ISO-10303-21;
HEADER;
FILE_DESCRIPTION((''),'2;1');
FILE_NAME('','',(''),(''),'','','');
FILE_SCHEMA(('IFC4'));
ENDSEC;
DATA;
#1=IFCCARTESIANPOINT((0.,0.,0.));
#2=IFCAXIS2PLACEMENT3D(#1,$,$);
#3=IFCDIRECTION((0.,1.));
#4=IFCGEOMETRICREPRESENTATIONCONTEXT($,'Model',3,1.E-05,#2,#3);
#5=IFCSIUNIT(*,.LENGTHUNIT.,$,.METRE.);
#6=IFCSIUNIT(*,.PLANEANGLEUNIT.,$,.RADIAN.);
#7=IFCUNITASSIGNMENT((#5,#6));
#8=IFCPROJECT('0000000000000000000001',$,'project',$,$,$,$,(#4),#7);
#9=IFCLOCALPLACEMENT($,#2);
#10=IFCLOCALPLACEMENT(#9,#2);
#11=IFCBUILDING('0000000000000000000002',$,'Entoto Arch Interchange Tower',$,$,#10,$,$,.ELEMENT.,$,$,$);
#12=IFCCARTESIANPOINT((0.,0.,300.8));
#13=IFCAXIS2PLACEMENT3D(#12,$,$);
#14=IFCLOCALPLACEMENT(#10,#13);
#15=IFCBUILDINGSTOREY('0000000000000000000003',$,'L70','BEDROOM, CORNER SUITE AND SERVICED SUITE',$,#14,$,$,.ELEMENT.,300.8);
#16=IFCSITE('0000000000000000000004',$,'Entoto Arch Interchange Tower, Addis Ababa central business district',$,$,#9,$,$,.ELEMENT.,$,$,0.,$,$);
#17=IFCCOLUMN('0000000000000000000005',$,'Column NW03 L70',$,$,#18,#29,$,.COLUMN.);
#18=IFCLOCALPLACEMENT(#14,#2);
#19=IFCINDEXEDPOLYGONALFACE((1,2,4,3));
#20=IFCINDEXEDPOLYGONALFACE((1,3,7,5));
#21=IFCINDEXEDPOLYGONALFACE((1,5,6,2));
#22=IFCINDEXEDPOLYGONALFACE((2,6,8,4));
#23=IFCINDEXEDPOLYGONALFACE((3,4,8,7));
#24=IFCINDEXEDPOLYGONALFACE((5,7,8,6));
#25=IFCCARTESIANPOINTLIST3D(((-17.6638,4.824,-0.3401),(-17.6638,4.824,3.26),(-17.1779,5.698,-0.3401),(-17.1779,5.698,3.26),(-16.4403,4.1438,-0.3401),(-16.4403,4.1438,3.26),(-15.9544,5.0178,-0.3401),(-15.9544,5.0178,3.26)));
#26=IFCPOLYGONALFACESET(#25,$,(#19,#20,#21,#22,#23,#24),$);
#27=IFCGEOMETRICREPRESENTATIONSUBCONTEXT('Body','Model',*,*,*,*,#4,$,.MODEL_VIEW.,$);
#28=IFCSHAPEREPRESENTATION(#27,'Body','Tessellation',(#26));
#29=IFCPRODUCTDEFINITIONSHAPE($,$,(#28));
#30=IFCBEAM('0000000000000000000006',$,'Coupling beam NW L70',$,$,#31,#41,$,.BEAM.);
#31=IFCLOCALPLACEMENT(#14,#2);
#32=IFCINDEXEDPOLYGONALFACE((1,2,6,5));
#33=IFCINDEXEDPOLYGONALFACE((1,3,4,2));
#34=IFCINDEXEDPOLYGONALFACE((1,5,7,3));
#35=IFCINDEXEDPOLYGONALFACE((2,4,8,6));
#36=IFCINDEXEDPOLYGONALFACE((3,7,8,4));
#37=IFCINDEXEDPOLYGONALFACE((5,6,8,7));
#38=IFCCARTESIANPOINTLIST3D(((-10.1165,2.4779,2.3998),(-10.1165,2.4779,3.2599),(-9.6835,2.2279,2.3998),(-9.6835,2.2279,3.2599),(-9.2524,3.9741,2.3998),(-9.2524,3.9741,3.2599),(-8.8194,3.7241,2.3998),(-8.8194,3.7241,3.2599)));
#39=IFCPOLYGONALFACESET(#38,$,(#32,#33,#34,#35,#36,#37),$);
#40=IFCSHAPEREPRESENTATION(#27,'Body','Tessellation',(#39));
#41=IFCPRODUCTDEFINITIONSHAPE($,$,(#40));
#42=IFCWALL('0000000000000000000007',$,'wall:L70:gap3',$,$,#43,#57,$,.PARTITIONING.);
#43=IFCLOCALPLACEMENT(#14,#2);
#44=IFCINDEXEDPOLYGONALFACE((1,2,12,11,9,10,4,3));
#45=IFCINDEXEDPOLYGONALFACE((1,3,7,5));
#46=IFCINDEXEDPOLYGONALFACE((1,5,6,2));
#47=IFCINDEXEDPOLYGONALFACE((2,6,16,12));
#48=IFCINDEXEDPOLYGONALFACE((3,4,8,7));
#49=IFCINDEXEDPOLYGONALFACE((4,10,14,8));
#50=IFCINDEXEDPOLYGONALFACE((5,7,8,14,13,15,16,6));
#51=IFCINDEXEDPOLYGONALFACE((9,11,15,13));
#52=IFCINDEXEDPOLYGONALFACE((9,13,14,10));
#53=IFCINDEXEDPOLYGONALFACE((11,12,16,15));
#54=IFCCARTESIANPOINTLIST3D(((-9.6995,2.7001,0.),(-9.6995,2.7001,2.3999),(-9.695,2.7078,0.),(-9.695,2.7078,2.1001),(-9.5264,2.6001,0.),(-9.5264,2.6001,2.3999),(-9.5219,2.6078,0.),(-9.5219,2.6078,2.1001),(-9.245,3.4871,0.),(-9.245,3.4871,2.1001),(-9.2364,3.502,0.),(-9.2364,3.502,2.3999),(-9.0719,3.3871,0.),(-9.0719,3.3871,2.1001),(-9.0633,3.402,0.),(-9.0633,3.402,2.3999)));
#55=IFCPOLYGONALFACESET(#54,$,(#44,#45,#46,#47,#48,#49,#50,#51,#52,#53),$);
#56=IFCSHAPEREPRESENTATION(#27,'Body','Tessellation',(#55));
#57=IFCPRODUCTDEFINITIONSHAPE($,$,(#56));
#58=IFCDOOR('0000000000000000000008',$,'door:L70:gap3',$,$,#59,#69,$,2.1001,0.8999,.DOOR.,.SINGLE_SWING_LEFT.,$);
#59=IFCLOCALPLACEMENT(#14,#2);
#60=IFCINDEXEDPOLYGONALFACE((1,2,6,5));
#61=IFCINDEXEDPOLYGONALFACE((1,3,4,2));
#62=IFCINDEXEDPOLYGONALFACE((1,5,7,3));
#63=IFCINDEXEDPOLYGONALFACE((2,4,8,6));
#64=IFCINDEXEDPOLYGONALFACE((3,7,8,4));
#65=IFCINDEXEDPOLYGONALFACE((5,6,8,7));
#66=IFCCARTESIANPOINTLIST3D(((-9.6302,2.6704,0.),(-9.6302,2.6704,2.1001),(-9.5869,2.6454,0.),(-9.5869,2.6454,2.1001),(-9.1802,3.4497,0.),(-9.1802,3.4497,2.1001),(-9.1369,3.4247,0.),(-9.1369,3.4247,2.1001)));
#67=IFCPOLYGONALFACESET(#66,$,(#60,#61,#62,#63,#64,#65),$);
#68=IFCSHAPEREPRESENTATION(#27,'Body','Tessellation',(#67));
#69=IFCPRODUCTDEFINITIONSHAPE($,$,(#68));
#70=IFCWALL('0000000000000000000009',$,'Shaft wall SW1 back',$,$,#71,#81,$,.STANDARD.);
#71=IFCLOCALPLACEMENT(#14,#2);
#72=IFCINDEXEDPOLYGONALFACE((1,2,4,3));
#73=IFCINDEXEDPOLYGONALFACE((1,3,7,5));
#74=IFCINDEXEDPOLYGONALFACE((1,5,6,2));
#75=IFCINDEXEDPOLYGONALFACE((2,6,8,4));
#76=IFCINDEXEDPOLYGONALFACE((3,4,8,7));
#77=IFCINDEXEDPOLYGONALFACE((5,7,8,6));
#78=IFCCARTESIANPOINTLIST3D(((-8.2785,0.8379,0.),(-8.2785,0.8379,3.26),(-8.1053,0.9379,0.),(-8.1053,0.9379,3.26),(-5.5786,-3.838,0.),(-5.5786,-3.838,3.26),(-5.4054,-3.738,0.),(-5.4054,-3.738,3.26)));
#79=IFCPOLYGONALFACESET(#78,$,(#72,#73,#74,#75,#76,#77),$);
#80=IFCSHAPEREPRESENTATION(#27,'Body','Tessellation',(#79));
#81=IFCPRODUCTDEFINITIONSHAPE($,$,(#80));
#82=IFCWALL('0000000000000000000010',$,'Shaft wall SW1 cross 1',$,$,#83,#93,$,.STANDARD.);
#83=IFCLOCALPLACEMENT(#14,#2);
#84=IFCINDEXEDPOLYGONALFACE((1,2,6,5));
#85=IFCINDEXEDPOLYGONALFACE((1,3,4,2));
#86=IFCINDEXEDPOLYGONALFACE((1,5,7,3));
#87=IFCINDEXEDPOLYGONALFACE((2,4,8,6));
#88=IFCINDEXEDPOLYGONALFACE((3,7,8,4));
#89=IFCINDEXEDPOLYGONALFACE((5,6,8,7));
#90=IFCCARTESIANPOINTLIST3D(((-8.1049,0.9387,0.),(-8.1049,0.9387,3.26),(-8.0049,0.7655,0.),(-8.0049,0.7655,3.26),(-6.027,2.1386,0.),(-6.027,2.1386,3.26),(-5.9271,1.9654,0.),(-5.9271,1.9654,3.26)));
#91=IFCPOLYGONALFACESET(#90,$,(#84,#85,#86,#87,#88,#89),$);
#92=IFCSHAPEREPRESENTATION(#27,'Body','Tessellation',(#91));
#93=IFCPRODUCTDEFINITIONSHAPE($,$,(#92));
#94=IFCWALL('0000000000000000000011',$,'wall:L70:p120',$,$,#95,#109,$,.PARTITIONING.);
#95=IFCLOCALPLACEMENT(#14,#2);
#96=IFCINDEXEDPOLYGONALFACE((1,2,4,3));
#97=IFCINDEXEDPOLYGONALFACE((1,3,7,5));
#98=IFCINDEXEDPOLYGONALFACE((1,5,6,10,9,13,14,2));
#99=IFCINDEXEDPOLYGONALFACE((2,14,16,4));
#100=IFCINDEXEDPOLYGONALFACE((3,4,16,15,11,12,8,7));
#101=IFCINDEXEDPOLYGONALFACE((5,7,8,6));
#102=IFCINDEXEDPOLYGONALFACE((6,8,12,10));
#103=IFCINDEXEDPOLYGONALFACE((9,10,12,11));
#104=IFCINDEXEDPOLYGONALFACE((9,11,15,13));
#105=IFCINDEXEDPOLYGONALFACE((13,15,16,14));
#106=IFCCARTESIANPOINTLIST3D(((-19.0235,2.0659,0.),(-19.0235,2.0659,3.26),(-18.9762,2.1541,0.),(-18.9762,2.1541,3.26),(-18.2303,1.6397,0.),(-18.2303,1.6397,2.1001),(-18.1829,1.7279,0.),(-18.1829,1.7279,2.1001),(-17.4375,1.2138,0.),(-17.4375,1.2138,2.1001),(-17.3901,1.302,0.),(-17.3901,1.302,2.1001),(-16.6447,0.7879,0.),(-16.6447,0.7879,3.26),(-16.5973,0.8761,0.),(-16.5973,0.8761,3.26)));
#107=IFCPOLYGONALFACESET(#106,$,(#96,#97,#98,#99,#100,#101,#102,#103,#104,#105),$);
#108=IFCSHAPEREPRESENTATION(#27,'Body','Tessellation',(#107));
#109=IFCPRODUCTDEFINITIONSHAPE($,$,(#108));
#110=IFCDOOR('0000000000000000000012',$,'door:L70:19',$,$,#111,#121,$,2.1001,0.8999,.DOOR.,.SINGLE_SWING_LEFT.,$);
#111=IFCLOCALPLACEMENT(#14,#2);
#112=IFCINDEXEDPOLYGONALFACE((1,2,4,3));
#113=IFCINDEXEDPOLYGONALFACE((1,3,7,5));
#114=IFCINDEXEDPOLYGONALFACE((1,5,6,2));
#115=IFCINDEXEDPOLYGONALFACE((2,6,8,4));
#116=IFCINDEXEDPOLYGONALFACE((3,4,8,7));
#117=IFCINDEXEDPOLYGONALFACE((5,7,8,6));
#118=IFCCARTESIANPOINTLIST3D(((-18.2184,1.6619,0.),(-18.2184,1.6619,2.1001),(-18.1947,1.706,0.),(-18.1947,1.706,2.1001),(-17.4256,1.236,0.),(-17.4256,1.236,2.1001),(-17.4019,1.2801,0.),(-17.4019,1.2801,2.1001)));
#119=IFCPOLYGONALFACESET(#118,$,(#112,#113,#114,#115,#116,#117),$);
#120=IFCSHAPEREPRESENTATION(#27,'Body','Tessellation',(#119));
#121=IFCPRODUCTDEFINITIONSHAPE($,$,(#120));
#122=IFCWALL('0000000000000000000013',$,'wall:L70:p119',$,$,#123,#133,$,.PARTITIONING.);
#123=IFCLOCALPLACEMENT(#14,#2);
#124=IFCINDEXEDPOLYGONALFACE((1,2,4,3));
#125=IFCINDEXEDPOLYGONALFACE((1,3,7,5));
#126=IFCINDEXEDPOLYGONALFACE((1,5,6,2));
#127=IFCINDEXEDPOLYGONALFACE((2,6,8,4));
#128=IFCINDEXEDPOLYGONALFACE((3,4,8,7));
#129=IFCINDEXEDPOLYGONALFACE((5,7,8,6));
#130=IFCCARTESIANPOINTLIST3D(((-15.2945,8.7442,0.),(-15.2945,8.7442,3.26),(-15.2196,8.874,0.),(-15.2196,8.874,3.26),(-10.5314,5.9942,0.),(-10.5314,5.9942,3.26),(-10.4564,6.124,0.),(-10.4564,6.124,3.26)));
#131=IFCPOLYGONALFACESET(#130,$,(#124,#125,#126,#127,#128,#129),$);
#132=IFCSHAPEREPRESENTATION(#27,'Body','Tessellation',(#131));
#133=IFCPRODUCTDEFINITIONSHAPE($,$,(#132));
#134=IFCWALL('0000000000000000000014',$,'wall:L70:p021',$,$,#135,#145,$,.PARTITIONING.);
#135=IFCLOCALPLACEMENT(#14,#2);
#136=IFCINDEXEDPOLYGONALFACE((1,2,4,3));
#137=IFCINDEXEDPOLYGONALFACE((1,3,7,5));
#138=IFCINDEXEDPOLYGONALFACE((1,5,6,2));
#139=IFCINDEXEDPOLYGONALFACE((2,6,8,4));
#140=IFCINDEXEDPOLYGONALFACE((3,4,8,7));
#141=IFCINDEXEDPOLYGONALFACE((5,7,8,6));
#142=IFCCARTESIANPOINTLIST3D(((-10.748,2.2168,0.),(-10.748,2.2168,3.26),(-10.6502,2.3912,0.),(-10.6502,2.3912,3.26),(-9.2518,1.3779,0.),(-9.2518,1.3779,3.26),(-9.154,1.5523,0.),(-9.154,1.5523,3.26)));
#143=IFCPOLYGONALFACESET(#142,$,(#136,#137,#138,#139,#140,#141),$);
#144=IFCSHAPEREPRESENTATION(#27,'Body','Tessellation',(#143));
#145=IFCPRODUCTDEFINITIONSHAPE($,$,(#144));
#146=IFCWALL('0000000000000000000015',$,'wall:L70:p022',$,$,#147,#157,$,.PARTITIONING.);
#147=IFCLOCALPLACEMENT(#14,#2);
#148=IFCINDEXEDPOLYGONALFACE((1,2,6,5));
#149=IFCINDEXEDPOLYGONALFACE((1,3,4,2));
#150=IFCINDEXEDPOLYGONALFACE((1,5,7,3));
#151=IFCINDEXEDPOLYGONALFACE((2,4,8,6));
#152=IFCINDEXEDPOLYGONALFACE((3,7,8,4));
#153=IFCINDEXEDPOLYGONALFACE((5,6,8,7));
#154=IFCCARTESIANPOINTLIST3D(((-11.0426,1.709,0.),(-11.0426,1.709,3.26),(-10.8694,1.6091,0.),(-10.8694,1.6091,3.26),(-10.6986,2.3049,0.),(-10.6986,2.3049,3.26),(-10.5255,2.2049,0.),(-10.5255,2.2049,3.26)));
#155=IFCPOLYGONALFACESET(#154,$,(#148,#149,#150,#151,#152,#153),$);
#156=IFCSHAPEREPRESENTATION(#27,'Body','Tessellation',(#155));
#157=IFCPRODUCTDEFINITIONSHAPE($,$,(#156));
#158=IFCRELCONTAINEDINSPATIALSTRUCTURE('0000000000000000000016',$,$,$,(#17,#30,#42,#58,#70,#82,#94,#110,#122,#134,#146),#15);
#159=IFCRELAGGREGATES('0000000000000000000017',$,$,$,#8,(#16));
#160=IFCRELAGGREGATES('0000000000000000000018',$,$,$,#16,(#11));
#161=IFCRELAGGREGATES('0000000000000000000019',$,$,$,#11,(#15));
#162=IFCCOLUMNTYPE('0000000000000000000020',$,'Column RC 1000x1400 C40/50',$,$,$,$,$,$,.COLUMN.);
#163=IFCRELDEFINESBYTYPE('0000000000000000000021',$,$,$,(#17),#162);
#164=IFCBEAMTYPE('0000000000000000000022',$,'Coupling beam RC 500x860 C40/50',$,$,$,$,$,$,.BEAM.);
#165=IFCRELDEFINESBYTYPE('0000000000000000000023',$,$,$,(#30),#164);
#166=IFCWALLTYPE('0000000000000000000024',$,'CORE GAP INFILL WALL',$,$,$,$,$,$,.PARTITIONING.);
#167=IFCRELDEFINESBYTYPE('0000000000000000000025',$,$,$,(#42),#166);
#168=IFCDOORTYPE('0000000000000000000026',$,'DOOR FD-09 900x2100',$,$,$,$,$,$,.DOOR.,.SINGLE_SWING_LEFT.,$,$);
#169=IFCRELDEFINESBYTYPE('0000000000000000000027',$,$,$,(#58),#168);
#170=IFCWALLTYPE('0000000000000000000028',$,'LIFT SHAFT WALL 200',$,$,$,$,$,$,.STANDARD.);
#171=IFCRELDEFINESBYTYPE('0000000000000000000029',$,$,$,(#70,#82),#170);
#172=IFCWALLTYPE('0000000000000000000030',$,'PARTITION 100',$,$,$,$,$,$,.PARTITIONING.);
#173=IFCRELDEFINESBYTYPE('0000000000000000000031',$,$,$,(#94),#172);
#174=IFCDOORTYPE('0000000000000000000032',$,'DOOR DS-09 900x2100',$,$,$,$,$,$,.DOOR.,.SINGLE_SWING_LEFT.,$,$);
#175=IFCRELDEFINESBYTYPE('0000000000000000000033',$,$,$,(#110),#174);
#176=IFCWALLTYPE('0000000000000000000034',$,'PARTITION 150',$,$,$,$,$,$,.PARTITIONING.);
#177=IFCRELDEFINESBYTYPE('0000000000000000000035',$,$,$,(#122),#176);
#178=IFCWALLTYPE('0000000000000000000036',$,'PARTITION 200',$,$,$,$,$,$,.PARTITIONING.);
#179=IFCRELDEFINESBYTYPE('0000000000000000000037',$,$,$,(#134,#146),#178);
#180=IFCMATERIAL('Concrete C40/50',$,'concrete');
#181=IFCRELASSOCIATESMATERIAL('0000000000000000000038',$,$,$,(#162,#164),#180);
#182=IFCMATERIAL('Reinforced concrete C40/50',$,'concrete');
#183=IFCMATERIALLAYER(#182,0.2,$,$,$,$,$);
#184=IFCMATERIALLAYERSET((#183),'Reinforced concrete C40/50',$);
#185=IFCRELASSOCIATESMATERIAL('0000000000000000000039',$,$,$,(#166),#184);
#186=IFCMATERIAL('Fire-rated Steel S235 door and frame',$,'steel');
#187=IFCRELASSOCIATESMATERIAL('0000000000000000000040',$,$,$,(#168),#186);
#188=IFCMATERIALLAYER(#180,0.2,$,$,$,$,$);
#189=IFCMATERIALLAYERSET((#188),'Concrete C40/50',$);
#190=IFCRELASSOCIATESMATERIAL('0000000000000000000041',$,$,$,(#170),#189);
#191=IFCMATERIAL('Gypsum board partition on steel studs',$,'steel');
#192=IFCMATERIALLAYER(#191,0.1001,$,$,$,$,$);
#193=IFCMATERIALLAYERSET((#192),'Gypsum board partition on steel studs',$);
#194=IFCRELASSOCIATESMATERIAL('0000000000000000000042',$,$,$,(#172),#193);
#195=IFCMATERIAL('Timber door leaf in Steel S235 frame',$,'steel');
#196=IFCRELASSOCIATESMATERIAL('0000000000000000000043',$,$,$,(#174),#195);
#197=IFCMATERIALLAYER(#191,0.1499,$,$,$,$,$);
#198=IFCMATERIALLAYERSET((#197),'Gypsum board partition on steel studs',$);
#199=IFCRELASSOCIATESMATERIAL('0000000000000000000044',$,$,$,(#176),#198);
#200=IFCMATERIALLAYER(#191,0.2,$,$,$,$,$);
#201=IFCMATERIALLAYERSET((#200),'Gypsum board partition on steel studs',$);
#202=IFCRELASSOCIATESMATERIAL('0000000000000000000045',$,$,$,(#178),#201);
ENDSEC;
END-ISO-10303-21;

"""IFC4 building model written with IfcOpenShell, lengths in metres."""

from ifc_helpers import new_model, si_unit, direction, frame, frame_2d, origin, origin_2d, place, context, subcontext, project, spatial, rectangle, extrude, material, layer, layer_set, material_profile, profile_set, type_object, element, fill, save


model = new_model("IFC4")

# Units and contexts
model_context = context("Model", 3, precision=1e-05, world=origin(), true_north=direction((0.0, 1.0)))
body_context = subcontext(model_context, "Body", "Model", "MODEL_VIEW")
ifc_project = project(units=[si_unit("LENGTHUNIT", "METRE"), si_unit("PLANEANGLEUNIT", "RADIAN")], contexts=[model_context])

# Site, building, storey
site_placement = place(None, origin())
site = spatial("IfcSite", under=ifc_project, at=site_placement, Name="Entoto Arch Interchange Tower, Addis Ababa central business district", CompositionType="ELEMENT", RefElevation=0.0)
building_placement = place(site_placement, origin())
building = spatial("IfcBuilding", under=site, at=building_placement, Name="Entoto Arch Interchange Tower", CompositionType="ELEMENT")
storey_placement = place(building_placement, frame((0.0, 0.0, 300.8)))
storey = spatial("IfcBuildingStorey", under=building, at=storey_placement, Name="L70", Description="BEDROOM, CORNER SUITE AND SERVICED SUITE", CompositionType="ELEMENT", Elevation=300.8)

# Column
ifc_material_1 = material(Name="Concrete C40/50", Category="concrete")
ifc_material_profile_1 = material_profile(ifc_material_1, rectangle(XDim=1.0, YDim=1.3999, at=origin_2d()))
ifc_profile_set_1 = profile_set([ifc_material_profile_1], Name="Concrete C40/50")
column_type = type_object("IfcColumnType", Name="Column RC 1000x1400 C40/50", PredefinedType="COLUMN", material=ifc_profile_set_1)
column_placement = place(storey_placement, frame((-16.8091, 4.9209, -0.3401), z_axis=(0.0, 0.0, 1.0), x_axis=(0.485924, 0.874001, 0.0)))
element("IfcColumn", 1, at=column_placement, inside=storey, type_object=column_type, Name="Column NW03 L70", PredefinedType="COLUMN", context=body_context, shape_type="SweptSolid", body=[
    extrude(rectangle(XDim=1.0, YDim=1.3999, at=origin_2d()), origin(), (0.0, 0.0, 1.0), 3.6001),
])

# Beam
ifc_material_profile_2 = material_profile(ifc_material_1, rectangle(XDim=0.5, YDim=0.8601, at=origin_2d()))
ifc_profile_set_2 = profile_set([ifc_material_profile_2], Name="Concrete C40/50")
beam_type = type_object("IfcBeamType", Name="Coupling beam RC 500x860 C40/50", PredefinedType="BEAM", material=ifc_profile_set_2)
beam_placement = place(storey_placement, frame((-9.0359, 3.8491, 2.8298), z_axis=(-0.500106, -0.865964, 0.0), x_axis=(0.865964, -0.500106, 0.0)))
element("IfcBeam", 2, at=beam_placement, inside=storey, type_object=beam_type, Name="Coupling beam NW L70", PredefinedType="BEAM", context=body_context, shape_type="SweptSolid", body=[
    extrude(rectangle(XDim=0.5, YDim=0.8601, at=origin_2d()), origin(), (0.0, 0.0, 1.0), 1.7278),
])

# Wall, opening, door
ifc_material_2 = material(Name="Reinforced concrete C40/50", Category="concrete")
ifc_layer_1 = layer(ifc_material_2, 0.2)
ifc_layer_set_1 = layer_set([ifc_layer_1], Name="Reinforced concrete C40/50")
wall_type_1 = type_object("IfcWallType", Name="CORE GAP INFILL WALL", PredefinedType="PARTITIONING", material=ifc_layer_set_1)
wall_1_placement = place(storey_placement, frame((-9.1499, 3.4519, 0.0), z_axis=(0.0, 0.0, 1.0), x_axis=(-0.50008, -0.865979, 0.0)))
wall_1 = element("IfcWall", 3, at=wall_1_placement, inside=storey, type_object=wall_type_1, Name="wall:L70:gap3", PredefinedType="PARTITIONING", context=body_context, shape_type="SweptSolid", body=[
    extrude(rectangle(XDim=0.926, YDim=0.2, at=frame_2d((0.4629, 0.0))), origin(), (0.0, 0.0, 1.0), 2.3999),
])
opening_1_placement = place(wall_1_placement, frame((0.0171, 0.0, 0.0)))
opening_1 = element("IfcOpeningElement", 4, at=opening_1_placement, cuts=wall_1, PredefinedType="OPENING", context=body_context, shape_type="SweptSolid", body=[
    extrude(rectangle(XDim=0.8999, YDim=2.1001, at=frame_2d((0.45, 1.05))), frame((0.0, 0.1099, 0.0), z_axis=(0.0, -1.0, 0.0), x_axis=(1.0, 0.0, 0.0)), (0.0, 0.0, 1.0), 0.22),
])
ifc_material_3 = material(Name="Fire-rated Steel S235 door and frame", Category="steel")
door_type_1 = type_object("IfcDoorType", Name="DOOR FD-09 900x2100", OperationType="SINGLE_SWING_LEFT", PredefinedType="DOOR", material=ifc_material_3)
door_1_placement = place(opening_1_placement, origin())
door_1 = element("IfcDoor", 5, at=door_1_placement, inside=storey, type_object=door_type_1, Name="door:L70:gap3", OperationType="SINGLE_SWING_LEFT", OverallHeight=2.1001, OverallWidth=0.8999, PredefinedType="DOOR", context=body_context, shape_type="SweptSolid", body=[
    extrude(rectangle(XDim=0.8999, YDim=2.1001, at=frame_2d((0.45, 1.05))), frame((0.0, 0.0249, 0.0), z_axis=(0.0, -1.0, 0.0), x_axis=(1.0, 0.0, 0.0)), (0.0, 0.0, 1.0), 0.05),
])
fill(opening_1, door_1)

# Walls
ifc_layer_2 = layer(ifc_material_1, 0.2)
ifc_layer_set_2 = layer_set([ifc_layer_2], Name="Concrete C40/50")
wall_type_2 = type_object("IfcWallType", Name="LIFT SHAFT WALL 200", PredefinedType="STANDARD", material=ifc_layer_set_2)
wall_2_placement = place(storey_placement, frame((-8.1919, 0.8879, 0.0), z_axis=(0.0, 0.0, 1.0), x_axis=(0.500034, -0.866006, 0.0)))
element("IfcWall", 6, at=wall_2_placement, inside=storey, type_object=wall_type_2, Name="Shaft wall SW1 back", PredefinedType="STANDARD", context=body_context, shape_type="SweptSolid", body=[
    extrude(rectangle(XDim=5.3994, YDim=0.2, at=frame_2d((2.6997, 0.0))), origin(), (0.0, 0.0, 1.0), 3.26),
])
wall_3_placement = place(storey_placement, frame((-5.9771, 2.052, 0.0), z_axis=(0.0, 0.0, 1.0), x_axis=(-0.865974, -0.500089, 0.0)))
element("IfcWall", 7, at=wall_3_placement, inside=storey, type_object=wall_type_2, Name="Shaft wall SW1 cross 1", PredefinedType="STANDARD", context=body_context, shape_type="SweptSolid", body=[
    extrude(rectangle(XDim=2.3994, YDim=0.2, at=frame_2d((1.1997, 0.0))), origin(), (0.0, 0.0, 1.0), 3.26),
])

# Wall, opening, door
ifc_material_4 = material(Name="Gypsum board partition on steel studs", Category="steel")
ifc_layer_3 = layer(ifc_material_4, 0.1001)
ifc_layer_set_3 = layer_set([ifc_layer_3], Name="Gypsum board partition on steel studs")
wall_type_3 = type_object("IfcWallType", Name="PARTITION 100", PredefinedType="PARTITIONING", material=ifc_layer_set_3)
wall_4_placement = place(storey_placement, frame((-16.6211, 0.832, 0.0), z_axis=(0.0, 0.0, 1.0), x_axis=(-0.880915, 0.473275, 0.0)))
wall_4 = element("IfcWall", 8, at=wall_4_placement, inside=storey, type_object=wall_type_3, Name="wall:L70:p120", PredefinedType="PARTITIONING", context=body_context, shape_type="SweptSolid", body=[
    extrude(rectangle(XDim=2.7004, YDim=0.1001, at=frame_2d((1.3501, 0.0))), origin(), (0.0, 0.0, 1.0), 3.26),
])
opening_2_placement = place(wall_4_placement, frame((0.8999, 0.0, 0.0)))
opening_2 = element("IfcOpeningElement", 9, at=opening_2_placement, cuts=wall_4, PredefinedType="OPENING", context=body_context, shape_type="SweptSolid", body=[
    extrude(rectangle(XDim=0.8999, YDim=2.1001, at=frame_2d((0.45, 1.05))), frame((0.0, 0.0601, 0.0), z_axis=(0.0, -1.0, 0.0), x_axis=(1.0, 0.0, 0.0)), (0.0, 0.0, 1.0), 0.1201),
])
ifc_material_5 = material(Name="Timber door leaf in Steel S235 frame", Category="steel")
door_type_2 = type_object("IfcDoorType", Name="DOOR DS-09 900x2100", OperationType="SINGLE_SWING_LEFT", PredefinedType="DOOR", material=ifc_material_5)
door_2_placement = place(opening_2_placement, origin())
door_2 = element("IfcDoor", 10, at=door_2_placement, inside=storey, type_object=door_type_2, Name="door:L70:19", OperationType="SINGLE_SWING_LEFT", OverallHeight=2.1001, OverallWidth=0.8999, PredefinedType="DOOR", context=body_context, shape_type="SweptSolid", body=[
    extrude(rectangle(XDim=0.8999, YDim=2.1001, at=frame_2d((0.45, 1.05))), frame((0.0, 0.0249, 0.0), z_axis=(0.0, -1.0, 0.0), x_axis=(1.0, 0.0, 0.0)), (0.0, 0.0, 1.0), 0.05),
])
fill(opening_2, door_2)

# Walls
ifc_layer_4 = layer(ifc_material_4, 0.1499)
ifc_layer_set_4 = layer_set([ifc_layer_4], Name="Gypsum board partition on steel studs")
wall_type_4 = type_object("IfcWallType", Name="PARTITION 150", PredefinedType="PARTITIONING", material=ifc_layer_set_4)
wall_5_placement = place(storey_placement, frame((-10.4939, 6.0591, 0.0), z_axis=(0.0, 0.0, 1.0), x_axis=(-0.866027, 0.499997, 0.0)))
element("IfcWall", 11, at=wall_5_placement, inside=storey, type_object=wall_type_4, Name="wall:L70:p119", PredefinedType="PARTITIONING", context=body_context, shape_type="SweptSolid", body=[
    extrude(rectangle(XDim=5.5, YDim=0.1499, at=frame_2d((2.75, 0.0))), origin(), (0.0, 0.0, 1.0), 3.26),
])
ifc_layer_5 = layer(ifc_material_4, 0.2)
ifc_layer_set_5 = layer_set([ifc_layer_5], Name="Gypsum board partition on steel studs")
wall_type_5 = type_object("IfcWallType", Name="PARTITION 200", PredefinedType="PARTITIONING", material=ifc_layer_set_5)
wall_6_placement = place(storey_placement, frame((-9.2029, 1.4651, 0.0), z_axis=(0.0, 0.0, 1.0), x_axis=(-0.872244, 0.489071, 0.0)))
element("IfcWall", 12, at=wall_6_placement, inside=storey, type_object=wall_type_5, Name="wall:L70:p021", PredefinedType="PARTITIONING", context=body_context, shape_type="SweptSolid", body=[
    extrude(rectangle(XDim=1.7153, YDim=0.2, at=frame_2d((0.8577, 0.0))), origin(), (0.0, 0.0, 1.0), 3.26),
])
wall_7_placement = place(storey_placement, frame((-10.6121, 2.2549, 0.0), z_axis=(0.0, 0.0, 1.0), x_axis=(-0.499917, -0.866073, 0.0)))
element("IfcWall", 13, at=wall_7_placement, inside=storey, type_object=wall_type_5, Name="wall:L70:p022", PredefinedType="PARTITIONING", context=body_context, shape_type="SweptSolid", body=[
    extrude(rectangle(XDim=0.688, YDim=0.2, at=frame_2d((0.344, 0.0))), origin(), (0.0, 0.0, 1.0), 3.26),
])

save(model, "model.ifc")
